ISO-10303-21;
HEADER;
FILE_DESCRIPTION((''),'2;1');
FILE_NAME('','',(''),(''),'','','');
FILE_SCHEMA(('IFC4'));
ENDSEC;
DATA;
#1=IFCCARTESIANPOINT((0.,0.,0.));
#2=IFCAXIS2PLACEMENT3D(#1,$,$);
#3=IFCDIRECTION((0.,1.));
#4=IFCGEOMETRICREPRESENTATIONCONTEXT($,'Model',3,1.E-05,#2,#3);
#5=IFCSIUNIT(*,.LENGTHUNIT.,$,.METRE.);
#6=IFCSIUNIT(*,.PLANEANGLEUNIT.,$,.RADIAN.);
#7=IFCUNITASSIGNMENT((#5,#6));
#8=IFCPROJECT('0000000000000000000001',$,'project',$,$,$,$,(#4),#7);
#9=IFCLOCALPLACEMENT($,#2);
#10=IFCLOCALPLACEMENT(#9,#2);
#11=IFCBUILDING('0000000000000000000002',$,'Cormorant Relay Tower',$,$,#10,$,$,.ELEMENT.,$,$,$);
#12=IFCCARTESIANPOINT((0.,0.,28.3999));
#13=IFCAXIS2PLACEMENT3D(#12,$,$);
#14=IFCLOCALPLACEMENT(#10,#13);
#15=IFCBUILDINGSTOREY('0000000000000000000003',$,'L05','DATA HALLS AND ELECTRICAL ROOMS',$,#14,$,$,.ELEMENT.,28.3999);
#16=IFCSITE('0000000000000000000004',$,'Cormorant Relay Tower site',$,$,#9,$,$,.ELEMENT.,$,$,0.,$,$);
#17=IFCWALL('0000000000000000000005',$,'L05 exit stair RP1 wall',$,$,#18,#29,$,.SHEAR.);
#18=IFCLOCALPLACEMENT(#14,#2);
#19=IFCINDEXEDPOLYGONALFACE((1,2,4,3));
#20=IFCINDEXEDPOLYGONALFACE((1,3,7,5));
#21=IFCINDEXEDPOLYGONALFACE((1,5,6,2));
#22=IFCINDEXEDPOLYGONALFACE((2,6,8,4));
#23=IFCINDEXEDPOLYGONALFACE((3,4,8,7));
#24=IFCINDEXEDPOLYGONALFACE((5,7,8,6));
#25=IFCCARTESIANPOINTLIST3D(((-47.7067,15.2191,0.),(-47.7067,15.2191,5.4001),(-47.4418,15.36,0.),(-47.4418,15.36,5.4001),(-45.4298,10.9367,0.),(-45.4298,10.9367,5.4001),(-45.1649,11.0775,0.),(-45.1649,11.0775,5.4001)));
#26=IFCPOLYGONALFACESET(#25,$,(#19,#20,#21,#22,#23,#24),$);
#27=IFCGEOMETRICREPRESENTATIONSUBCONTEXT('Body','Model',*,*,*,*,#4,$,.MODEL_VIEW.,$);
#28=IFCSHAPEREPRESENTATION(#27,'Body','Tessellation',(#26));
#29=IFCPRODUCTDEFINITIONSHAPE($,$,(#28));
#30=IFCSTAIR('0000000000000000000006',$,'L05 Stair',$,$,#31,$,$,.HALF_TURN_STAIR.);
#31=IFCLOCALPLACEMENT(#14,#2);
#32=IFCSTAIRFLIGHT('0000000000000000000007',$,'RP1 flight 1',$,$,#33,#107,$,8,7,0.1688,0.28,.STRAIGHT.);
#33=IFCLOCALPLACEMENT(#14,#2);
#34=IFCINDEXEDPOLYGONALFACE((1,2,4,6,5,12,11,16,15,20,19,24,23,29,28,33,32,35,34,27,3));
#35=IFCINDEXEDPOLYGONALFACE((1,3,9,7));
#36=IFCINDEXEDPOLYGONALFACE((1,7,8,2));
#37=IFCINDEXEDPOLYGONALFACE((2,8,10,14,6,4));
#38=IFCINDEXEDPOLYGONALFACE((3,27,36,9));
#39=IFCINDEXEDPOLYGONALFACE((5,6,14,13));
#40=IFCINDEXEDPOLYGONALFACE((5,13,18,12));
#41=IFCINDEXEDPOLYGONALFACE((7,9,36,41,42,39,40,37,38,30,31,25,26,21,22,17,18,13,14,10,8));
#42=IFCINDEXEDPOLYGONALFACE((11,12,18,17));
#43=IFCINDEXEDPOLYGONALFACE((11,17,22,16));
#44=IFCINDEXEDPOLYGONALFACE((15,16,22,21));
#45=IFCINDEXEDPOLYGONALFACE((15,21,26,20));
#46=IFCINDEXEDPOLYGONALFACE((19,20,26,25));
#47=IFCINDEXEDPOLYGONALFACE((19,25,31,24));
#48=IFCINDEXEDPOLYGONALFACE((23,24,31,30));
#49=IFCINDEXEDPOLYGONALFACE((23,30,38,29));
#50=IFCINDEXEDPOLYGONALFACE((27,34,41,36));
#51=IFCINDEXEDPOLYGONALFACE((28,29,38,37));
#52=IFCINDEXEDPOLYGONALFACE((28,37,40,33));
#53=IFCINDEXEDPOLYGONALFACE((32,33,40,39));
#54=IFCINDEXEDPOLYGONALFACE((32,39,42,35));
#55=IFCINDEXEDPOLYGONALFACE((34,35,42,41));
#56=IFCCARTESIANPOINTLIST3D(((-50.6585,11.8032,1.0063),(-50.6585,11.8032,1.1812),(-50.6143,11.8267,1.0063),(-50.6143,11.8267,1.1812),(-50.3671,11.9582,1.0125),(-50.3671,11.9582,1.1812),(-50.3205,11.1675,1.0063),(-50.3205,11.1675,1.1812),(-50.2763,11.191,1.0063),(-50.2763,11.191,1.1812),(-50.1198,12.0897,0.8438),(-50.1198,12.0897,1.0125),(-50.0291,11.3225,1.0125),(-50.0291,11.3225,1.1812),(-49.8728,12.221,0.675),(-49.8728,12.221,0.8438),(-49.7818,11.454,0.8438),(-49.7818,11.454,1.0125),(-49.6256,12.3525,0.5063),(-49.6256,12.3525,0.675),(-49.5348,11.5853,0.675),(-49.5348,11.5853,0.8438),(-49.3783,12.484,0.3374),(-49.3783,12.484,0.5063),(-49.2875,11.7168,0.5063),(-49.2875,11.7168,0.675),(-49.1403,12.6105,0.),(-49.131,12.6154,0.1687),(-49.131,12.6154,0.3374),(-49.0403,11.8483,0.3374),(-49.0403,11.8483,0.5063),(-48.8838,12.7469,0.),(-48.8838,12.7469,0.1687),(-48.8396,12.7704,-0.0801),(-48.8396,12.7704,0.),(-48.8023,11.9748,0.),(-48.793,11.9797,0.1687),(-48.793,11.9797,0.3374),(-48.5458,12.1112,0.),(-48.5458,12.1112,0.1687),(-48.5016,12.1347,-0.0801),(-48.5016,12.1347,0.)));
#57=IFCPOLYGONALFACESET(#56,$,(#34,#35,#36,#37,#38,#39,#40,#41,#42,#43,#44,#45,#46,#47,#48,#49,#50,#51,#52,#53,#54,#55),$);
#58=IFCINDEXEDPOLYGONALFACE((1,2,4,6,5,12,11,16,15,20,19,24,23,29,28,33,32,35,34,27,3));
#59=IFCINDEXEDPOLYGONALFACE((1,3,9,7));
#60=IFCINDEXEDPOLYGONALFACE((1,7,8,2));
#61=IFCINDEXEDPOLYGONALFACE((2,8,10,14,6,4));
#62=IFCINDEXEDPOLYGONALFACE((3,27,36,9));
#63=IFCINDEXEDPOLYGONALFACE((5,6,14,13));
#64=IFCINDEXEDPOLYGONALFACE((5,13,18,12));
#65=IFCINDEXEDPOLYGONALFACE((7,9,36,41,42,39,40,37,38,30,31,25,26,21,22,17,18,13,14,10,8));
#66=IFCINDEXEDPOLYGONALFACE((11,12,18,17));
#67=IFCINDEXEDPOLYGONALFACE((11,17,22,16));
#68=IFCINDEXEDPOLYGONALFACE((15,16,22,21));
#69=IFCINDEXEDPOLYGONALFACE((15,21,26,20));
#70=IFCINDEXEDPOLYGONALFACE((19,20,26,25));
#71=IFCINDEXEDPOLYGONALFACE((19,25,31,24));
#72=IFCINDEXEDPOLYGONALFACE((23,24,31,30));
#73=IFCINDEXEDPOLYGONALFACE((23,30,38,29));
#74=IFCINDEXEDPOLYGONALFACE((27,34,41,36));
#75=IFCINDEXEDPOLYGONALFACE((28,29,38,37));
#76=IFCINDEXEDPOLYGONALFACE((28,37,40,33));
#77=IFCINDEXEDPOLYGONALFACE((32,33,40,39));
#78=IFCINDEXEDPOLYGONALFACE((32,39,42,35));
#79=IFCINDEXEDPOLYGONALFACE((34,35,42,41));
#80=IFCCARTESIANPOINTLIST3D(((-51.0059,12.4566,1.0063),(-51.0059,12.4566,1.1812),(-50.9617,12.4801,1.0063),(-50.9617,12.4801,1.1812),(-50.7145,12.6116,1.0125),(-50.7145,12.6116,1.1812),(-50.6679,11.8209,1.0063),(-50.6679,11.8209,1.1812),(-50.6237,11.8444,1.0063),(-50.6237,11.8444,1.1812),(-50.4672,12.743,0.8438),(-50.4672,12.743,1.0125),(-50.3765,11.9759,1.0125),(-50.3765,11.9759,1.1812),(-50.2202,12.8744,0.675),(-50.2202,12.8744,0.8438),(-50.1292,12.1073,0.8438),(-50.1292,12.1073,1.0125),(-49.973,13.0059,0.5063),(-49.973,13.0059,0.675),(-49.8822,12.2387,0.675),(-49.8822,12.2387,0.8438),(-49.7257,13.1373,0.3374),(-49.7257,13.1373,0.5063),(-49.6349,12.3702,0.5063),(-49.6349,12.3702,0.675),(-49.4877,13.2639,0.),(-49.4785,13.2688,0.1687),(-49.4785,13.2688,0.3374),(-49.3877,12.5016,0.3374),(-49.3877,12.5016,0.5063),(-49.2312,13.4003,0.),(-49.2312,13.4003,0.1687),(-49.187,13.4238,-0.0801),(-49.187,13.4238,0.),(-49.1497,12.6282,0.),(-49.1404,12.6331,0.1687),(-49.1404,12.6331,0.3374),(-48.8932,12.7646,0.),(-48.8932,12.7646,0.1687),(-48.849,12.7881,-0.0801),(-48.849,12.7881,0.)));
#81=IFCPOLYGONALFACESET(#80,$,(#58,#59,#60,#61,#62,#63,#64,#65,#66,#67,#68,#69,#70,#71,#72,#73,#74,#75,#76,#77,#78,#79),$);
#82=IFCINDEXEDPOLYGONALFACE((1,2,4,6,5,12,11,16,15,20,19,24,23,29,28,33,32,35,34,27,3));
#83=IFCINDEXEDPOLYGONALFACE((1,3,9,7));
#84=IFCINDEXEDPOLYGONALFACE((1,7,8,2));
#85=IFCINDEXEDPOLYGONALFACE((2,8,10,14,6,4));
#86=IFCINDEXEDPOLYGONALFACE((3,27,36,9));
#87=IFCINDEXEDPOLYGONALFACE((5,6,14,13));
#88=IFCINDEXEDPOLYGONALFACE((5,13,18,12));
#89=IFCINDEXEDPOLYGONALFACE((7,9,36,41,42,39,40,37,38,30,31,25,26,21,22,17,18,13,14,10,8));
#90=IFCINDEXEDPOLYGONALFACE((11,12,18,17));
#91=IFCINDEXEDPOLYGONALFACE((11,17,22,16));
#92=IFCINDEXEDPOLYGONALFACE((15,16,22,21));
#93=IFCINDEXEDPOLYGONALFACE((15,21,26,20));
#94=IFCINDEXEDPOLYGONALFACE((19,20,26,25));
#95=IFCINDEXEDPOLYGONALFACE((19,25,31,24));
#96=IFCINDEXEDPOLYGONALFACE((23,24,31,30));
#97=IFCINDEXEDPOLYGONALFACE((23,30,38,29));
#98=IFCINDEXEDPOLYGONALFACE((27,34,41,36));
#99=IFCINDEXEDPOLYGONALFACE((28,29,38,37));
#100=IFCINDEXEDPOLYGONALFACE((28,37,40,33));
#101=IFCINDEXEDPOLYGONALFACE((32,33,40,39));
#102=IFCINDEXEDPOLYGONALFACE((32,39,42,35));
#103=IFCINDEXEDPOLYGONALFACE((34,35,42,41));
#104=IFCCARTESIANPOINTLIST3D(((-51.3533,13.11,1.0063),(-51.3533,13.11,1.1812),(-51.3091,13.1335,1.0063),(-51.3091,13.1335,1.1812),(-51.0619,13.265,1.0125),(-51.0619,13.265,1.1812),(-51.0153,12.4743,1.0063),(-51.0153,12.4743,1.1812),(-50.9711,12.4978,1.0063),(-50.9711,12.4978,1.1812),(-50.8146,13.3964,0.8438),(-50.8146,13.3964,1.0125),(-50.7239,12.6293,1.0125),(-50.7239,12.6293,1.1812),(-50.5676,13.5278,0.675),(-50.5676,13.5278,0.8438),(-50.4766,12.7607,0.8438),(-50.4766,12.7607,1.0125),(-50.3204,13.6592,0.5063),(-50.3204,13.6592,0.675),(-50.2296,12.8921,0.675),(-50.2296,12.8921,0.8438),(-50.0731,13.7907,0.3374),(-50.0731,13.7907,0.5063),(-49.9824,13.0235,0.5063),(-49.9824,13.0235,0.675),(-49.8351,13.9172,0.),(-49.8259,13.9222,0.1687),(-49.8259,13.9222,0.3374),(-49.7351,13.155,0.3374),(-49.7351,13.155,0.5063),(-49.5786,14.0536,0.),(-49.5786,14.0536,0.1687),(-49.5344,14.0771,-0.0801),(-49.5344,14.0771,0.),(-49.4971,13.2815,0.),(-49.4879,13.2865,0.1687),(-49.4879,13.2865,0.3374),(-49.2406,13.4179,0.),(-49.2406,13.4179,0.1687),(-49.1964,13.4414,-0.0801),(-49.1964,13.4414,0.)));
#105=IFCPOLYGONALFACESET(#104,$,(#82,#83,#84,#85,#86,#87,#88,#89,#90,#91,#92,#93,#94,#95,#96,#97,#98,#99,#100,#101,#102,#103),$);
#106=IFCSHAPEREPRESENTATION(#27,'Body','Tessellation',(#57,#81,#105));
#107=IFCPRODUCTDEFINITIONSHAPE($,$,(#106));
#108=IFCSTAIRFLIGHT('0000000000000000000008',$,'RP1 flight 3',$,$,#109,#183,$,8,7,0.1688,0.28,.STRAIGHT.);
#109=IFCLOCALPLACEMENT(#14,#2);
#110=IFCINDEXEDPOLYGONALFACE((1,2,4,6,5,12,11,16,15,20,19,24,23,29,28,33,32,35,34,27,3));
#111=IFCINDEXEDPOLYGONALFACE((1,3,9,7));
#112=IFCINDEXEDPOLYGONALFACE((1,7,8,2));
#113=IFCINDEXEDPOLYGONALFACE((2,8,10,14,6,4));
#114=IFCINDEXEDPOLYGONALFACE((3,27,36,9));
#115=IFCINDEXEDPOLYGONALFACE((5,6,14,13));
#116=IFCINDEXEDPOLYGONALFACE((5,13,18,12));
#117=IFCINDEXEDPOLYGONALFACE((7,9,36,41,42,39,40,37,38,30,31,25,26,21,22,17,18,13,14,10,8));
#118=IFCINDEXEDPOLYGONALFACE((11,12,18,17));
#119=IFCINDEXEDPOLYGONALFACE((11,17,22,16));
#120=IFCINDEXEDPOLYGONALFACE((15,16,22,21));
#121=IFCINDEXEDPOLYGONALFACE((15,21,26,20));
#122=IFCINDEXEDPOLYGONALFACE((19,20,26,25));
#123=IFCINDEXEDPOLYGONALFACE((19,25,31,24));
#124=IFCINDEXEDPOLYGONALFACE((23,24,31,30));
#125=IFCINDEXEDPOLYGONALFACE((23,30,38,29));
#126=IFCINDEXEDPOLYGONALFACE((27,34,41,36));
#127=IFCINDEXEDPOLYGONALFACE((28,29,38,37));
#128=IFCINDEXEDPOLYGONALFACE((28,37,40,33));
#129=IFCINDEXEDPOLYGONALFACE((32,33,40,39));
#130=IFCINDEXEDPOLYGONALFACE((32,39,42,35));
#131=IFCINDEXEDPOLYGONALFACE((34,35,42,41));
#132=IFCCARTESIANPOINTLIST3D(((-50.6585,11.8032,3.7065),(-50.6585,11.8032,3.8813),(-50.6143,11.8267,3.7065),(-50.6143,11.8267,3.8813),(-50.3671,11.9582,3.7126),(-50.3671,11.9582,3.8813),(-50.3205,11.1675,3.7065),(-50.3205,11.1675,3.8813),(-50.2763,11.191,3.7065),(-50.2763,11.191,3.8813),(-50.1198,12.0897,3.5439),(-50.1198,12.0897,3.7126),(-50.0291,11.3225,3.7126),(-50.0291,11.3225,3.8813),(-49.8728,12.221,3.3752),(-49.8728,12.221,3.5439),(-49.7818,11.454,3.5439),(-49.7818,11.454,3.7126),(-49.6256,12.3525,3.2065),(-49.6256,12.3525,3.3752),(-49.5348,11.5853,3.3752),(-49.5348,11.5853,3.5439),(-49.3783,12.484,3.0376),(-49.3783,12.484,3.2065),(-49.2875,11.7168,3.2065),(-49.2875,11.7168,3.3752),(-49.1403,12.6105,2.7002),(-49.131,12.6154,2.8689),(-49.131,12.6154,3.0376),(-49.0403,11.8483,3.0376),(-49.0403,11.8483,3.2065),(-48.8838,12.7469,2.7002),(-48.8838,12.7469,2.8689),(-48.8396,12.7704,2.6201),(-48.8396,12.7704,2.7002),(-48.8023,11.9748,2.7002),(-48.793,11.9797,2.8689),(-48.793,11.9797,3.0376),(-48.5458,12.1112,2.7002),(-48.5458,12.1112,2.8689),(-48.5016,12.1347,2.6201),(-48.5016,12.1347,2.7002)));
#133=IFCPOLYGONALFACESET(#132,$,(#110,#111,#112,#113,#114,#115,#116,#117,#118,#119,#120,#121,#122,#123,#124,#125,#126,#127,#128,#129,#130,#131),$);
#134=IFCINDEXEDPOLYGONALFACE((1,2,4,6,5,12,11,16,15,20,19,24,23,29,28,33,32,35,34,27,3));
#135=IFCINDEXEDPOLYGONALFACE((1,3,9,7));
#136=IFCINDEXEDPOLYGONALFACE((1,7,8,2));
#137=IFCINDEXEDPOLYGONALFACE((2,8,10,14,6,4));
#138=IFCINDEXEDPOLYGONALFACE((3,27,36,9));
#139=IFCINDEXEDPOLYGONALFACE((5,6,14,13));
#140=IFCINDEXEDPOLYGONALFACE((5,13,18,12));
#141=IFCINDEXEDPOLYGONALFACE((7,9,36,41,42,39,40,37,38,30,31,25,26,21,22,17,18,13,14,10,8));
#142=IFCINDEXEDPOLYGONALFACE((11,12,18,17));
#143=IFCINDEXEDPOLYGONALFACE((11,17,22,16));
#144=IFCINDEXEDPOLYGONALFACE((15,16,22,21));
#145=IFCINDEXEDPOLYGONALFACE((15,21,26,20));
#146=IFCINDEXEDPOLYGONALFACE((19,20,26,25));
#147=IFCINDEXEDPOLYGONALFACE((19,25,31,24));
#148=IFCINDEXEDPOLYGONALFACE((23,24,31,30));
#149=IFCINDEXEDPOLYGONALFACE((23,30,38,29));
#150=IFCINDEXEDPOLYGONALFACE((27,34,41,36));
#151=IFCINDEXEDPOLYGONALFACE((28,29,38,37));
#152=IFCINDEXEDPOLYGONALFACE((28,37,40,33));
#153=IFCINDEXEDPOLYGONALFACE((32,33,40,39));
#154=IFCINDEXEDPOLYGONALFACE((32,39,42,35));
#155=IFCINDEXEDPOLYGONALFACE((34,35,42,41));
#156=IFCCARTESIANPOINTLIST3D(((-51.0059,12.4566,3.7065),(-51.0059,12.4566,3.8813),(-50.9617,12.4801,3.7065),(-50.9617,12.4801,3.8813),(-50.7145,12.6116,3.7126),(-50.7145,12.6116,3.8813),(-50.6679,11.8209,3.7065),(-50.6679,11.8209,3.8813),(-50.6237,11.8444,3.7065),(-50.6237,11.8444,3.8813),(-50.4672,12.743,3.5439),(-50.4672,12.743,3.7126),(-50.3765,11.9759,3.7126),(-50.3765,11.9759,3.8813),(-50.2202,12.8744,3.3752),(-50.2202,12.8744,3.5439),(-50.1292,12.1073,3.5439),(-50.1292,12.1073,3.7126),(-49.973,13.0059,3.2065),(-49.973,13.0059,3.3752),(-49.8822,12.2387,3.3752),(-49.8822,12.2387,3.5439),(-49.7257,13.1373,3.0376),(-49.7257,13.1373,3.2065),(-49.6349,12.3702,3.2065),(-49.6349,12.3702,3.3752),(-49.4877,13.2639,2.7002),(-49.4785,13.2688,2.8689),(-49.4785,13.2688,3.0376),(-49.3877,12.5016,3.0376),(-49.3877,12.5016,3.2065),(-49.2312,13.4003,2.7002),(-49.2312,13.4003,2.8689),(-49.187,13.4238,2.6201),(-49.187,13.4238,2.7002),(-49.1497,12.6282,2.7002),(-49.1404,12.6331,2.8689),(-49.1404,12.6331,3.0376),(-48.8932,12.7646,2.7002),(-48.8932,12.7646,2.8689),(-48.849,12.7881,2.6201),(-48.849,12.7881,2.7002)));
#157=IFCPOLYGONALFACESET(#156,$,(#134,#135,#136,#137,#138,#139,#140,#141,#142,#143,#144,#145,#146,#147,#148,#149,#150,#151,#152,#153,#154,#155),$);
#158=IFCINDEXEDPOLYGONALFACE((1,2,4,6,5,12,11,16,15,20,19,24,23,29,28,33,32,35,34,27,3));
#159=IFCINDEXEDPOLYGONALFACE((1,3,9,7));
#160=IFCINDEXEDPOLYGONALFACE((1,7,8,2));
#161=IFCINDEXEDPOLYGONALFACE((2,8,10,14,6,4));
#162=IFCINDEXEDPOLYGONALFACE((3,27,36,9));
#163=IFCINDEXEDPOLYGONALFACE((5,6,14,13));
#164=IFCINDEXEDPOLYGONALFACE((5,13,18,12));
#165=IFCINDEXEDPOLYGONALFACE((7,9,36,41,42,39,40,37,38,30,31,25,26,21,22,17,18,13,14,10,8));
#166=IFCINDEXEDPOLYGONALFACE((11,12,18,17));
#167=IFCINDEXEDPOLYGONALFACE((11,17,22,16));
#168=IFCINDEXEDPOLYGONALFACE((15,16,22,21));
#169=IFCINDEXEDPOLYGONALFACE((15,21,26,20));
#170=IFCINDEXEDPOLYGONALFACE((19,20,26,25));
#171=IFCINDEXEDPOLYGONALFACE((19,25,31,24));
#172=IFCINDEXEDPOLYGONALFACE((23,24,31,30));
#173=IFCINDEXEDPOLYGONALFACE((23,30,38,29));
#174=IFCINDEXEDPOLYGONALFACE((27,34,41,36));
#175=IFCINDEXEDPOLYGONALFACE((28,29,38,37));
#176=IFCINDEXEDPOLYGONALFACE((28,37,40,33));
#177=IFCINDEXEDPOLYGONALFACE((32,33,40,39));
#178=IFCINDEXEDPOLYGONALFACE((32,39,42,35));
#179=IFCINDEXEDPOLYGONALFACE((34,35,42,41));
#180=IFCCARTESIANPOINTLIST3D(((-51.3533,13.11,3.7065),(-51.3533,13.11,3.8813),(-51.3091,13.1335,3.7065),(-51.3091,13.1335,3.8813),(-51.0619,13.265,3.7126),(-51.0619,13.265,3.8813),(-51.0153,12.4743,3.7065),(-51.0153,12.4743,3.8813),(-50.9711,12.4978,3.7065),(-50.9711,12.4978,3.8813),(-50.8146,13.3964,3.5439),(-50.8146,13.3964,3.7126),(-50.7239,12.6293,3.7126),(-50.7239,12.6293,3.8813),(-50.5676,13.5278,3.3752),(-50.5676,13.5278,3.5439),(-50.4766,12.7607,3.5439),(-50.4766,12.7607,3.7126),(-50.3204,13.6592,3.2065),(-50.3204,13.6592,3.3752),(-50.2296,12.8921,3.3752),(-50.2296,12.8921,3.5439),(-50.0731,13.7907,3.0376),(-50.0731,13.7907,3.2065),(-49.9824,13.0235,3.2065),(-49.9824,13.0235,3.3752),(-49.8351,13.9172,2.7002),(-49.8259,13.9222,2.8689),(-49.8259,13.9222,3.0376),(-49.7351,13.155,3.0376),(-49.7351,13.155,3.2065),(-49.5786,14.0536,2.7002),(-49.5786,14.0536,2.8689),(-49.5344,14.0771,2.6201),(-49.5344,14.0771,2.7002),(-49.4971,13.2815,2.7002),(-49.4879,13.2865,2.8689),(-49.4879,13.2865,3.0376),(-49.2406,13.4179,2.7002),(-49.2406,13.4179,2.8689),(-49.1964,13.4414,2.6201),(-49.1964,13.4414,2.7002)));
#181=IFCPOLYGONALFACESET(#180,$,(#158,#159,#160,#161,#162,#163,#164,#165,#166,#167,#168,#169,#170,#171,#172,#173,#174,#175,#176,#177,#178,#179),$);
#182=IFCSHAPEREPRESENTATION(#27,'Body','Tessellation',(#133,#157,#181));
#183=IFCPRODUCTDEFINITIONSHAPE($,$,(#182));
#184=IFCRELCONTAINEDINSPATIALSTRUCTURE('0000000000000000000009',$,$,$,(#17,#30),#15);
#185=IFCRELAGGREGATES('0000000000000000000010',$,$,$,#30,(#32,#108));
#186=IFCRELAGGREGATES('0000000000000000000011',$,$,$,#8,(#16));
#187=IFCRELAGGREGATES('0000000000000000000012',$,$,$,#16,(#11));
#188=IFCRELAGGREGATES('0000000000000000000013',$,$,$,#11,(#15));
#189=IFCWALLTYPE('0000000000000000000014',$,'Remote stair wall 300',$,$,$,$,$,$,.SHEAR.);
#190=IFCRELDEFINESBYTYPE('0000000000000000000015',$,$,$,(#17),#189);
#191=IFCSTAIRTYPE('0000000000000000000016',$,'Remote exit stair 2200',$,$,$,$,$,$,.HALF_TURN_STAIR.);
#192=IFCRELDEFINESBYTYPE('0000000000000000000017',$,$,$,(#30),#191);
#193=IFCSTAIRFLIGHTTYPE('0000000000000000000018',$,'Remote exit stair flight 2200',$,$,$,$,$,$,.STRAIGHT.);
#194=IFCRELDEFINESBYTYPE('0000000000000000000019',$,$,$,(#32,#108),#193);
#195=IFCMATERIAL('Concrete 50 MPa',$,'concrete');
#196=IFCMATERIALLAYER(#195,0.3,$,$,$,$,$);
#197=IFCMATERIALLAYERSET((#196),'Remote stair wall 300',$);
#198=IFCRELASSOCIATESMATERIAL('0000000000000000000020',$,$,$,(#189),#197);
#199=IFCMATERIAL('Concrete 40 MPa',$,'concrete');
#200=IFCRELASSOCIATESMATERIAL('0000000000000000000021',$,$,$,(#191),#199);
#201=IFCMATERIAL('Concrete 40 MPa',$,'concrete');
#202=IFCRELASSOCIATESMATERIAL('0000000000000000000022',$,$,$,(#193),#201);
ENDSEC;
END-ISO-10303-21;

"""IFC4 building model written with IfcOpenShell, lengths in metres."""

from ifc_helpers import new_model, si_unit, direction, frame, frame_2d, origin, place, context, subcontext, project, spatial, polyline, rectangle, outline, extrude, material, layer, layer_set, type_object, element, aggregate, save


model = new_model("IFC4")

# Units and contexts
model_context = context("Model", 3, precision=1e-05, world=origin(), true_north=direction((0.0, 1.0)))
body_context = subcontext(model_context, "Body", "Model", "MODEL_VIEW")
ifc_project = project(units=[si_unit("LENGTHUNIT", "METRE"), si_unit("PLANEANGLEUNIT", "RADIAN")], contexts=[model_context])

# Site, building, storey
site_placement = place(None, origin())
site = spatial("IfcSite", under=ifc_project, at=site_placement, Name="Cormorant Relay Tower site", CompositionType="ELEMENT", RefElevation=0.0)
building_placement = place(site_placement, origin())
building = spatial("IfcBuilding", under=site, at=building_placement, Name="Cormorant Relay Tower", CompositionType="ELEMENT")
storey_placement = place(building_placement, frame((0.0, 0.0, 28.3999)))
storey = spatial("IfcBuildingStorey", under=building, at=storey_placement, Name="L05", Description="DATA HALLS AND ELECTRICAL ROOMS", CompositionType="ELEMENT", Elevation=28.3999)

# Wall
ifc_material_1 = material(Name="Concrete 50 MPa", Category="concrete")
ifc_layer_1 = layer(ifc_material_1, 0.3)
ifc_layer_set_1 = layer_set([ifc_layer_1], Name="Remote stair wall 300")
wall_type_1 = type_object("IfcWallType", Name="Remote stair wall 300", PredefinedType="SHEAR", material=ifc_layer_set_1)
wall_1_placement = place(storey_placement, frame((-47.5742, 15.2896, 0.0), z_axis=(0.0, 0.0, 1.0), x_axis=(0.469443, -0.882963, 0.0)))
element("IfcWall", 1, at=wall_1_placement, inside=storey, type_object=wall_type_1, Name="L05 exit stair RP1 wall", PredefinedType="SHEAR", context=body_context, shape_type="SweptSolid", body=[
    extrude(rectangle(XDim=4.8501, YDim=0.3, at=frame_2d((2.425, 0.0))), origin(), (0.0, 0.0, 1.0), 5.4001),
])

# Stair, stair flights
ifc_material_2 = material(Name="Concrete 40 MPa", Category="concrete")
stair_type = type_object("IfcStairType", Name="Remote exit stair 2200", PredefinedType="HALF_TURN_STAIR", material=ifc_material_2)
stair_placement = place(storey_placement, origin())
stair = element("IfcStair", 2, at=stair_placement, inside=storey, type_object=stair_type, Name="L05 Stair", PredefinedType="HALF_TURN_STAIR")
ifc_material_3 = material(Name="Concrete 40 MPa", Category="concrete")
stair_flight_type = type_object("IfcStairFlightType", Name="Remote exit stair flight 2200", PredefinedType="STRAIGHT", material=ifc_material_3)
stair_flight_1_placement = place(storey_placement, frame((-49.0623, 13.0825, 0.0), z_axis=(0.0, 0.0, 1.0), x_axis=(-0.882948, -0.469472, 0.0)))
stair_flight_1 = element("IfcStairFlight", 3, at=stair_flight_1_placement, type_object=stair_flight_type, Name="RP1 flight 1", NumberOfRisers=8, NumberOfTreads=7, PredefinedType="STRAIGHT", RiserHeight=0.1688, TreadLength=0.28, context=body_context, shape_type="SweptSolid", body=[
    extrude(outline(polyline([(-0.05, -0.0801), (-0.05, 0.0), (0.0, 0.0), (0.0, 0.1687), (0.28, 0.1687), (0.28, 0.3374), (0.5601, 0.3374), (0.5601, 0.5063), (0.8401, 0.5063), (0.8401, 0.675), (1.1201, 0.675), (1.1201, 0.8438), (1.3999, 0.8438), (1.3999, 1.0125), (1.6799, 1.0125), (1.6799, 1.1812), (1.96, 1.1812), (2.01, 1.1812), (2.01, 1.0063), (1.96, 1.0063), (0.2905, 0.0), (-0.05, -0.0801)])), frame((0.0, 1.1001, 0.0), z_axis=(0.0, -1.0, 0.0), x_axis=(1.0, 0.0, 0.0)), (0.0, 0.0, 1.0), 0.72),
    extrude(outline(polyline([(-0.05, -0.0801), (-0.05, 0.0), (0.0, 0.0), (0.0, 0.1687), (0.28, 0.1687), (0.28, 0.3374), (0.5601, 0.3374), (0.5601, 0.5063), (0.8401, 0.5063), (0.8401, 0.675), (1.1201, 0.675), (1.1201, 0.8438), (1.3999, 0.8438), (1.3999, 1.0125), (1.6799, 1.0125), (1.6799, 1.1812), (1.96, 1.1812), (2.01, 1.1812), (2.01, 1.0063), (1.96, 1.0063), (0.2905, 0.0), (-0.05, -0.0801)])), frame((0.0, 0.3601, 0.0), z_axis=(0.0, -1.0, 0.0), x_axis=(1.0, 0.0, 0.0)), (0.0, 0.0, 1.0), 0.72),
    extrude(outline(polyline([(-0.05, -0.0801), (-0.05, 0.0), (0.0, 0.0), (0.0, 0.1687), (0.28, 0.1687), (0.28, 0.3374), (0.5601, 0.3374), (0.5601, 0.5063), (0.8401, 0.5063), (0.8401, 0.675), (1.1201, 0.675), (1.1201, 0.8438), (1.3999, 0.8438), (1.3999, 1.0125), (1.6799, 1.0125), (1.6799, 1.1812), (1.96, 1.1812), (2.01, 1.1812), (2.01, 1.0063), (1.96, 1.0063), (0.2905, 0.0), (-0.05, -0.0801)])), frame((0.0, -0.3799, 0.0), z_axis=(0.0, -1.0, 0.0), x_axis=(1.0, 0.0, 0.0)), (0.0, 0.0, 1.0), 0.72),
])
stair_flight_2_placement = place(storey_placement, frame((-49.0623, 13.0825, 2.7002), z_axis=(0.0, 0.0, 1.0), x_axis=(-0.882948, -0.469472, 0.0)))
stair_flight_2 = element("IfcStairFlight", 4, at=stair_flight_2_placement, type_object=stair_flight_type, Name="RP1 flight 3", NumberOfRisers=8, NumberOfTreads=7, PredefinedType="STRAIGHT", RiserHeight=0.1688, TreadLength=0.28, context=body_context, shape_type="SweptSolid", body=[
    extrude(outline(polyline([(-0.05, -0.0801), (-0.05, 0.0), (0.0, 0.0), (0.0, 0.1687), (0.28, 0.1687), (0.28, 0.3374), (0.5601, 0.3374), (0.5601, 0.5063), (0.8401, 0.5063), (0.8401, 0.675), (1.1201, 0.675), (1.1201, 0.8438), (1.3999, 0.8438), (1.3999, 1.0125), (1.6799, 1.0125), (1.6799, 1.1812), (1.96, 1.1812), (2.01, 1.1812), (2.01, 1.0063), (1.96, 1.0063), (0.2905, 0.0), (-0.05, -0.0801)])), frame((0.0, 1.1001, 0.0), z_axis=(0.0, -1.0, 0.0), x_axis=(1.0, 0.0, 0.0)), (0.0, 0.0, 1.0), 0.72),
    extrude(outline(polyline([(-0.05, -0.0801), (-0.05, 0.0), (0.0, 0.0), (0.0, 0.1687), (0.28, 0.1687), (0.28, 0.3374), (0.5601, 0.3374), (0.5601, 0.5063), (0.8401, 0.5063), (0.8401, 0.675), (1.1201, 0.675), (1.1201, 0.8438), (1.3999, 0.8438), (1.3999, 1.0125), (1.6799, 1.0125), (1.6799, 1.1812), (1.96, 1.1812), (2.01, 1.1812), (2.01, 1.0063), (1.96, 1.0063), (0.2905, 0.0), (-0.05, -0.0801)])), frame((0.0, 0.3601, 0.0), z_axis=(0.0, -1.0, 0.0), x_axis=(1.0, 0.0, 0.0)), (0.0, 0.0, 1.0), 0.72),
    extrude(outline(polyline([(-0.05, -0.0801), (-0.05, 0.0), (0.0, 0.0), (0.0, 0.1687), (0.28, 0.1687), (0.28, 0.3374), (0.5601, 0.3374), (0.5601, 0.5063), (0.8401, 0.5063), (0.8401, 0.675), (1.1201, 0.675), (1.1201, 0.8438), (1.3999, 0.8438), (1.3999, 1.0125), (1.6799, 1.0125), (1.6799, 1.1812), (1.96, 1.1812), (2.01, 1.1812), (2.01, 1.0063), (1.96, 1.0063), (0.2905, 0.0), (-0.05, -0.0801)])), frame((0.0, -0.3799, 0.0), z_axis=(0.0, -1.0, 0.0), x_axis=(1.0, 0.0, 0.0)), (0.0, 0.0, 1.0), 0.72),
])
aggregate(stair, [stair_flight_1, stair_flight_2])

save(model, "model.ifc")
